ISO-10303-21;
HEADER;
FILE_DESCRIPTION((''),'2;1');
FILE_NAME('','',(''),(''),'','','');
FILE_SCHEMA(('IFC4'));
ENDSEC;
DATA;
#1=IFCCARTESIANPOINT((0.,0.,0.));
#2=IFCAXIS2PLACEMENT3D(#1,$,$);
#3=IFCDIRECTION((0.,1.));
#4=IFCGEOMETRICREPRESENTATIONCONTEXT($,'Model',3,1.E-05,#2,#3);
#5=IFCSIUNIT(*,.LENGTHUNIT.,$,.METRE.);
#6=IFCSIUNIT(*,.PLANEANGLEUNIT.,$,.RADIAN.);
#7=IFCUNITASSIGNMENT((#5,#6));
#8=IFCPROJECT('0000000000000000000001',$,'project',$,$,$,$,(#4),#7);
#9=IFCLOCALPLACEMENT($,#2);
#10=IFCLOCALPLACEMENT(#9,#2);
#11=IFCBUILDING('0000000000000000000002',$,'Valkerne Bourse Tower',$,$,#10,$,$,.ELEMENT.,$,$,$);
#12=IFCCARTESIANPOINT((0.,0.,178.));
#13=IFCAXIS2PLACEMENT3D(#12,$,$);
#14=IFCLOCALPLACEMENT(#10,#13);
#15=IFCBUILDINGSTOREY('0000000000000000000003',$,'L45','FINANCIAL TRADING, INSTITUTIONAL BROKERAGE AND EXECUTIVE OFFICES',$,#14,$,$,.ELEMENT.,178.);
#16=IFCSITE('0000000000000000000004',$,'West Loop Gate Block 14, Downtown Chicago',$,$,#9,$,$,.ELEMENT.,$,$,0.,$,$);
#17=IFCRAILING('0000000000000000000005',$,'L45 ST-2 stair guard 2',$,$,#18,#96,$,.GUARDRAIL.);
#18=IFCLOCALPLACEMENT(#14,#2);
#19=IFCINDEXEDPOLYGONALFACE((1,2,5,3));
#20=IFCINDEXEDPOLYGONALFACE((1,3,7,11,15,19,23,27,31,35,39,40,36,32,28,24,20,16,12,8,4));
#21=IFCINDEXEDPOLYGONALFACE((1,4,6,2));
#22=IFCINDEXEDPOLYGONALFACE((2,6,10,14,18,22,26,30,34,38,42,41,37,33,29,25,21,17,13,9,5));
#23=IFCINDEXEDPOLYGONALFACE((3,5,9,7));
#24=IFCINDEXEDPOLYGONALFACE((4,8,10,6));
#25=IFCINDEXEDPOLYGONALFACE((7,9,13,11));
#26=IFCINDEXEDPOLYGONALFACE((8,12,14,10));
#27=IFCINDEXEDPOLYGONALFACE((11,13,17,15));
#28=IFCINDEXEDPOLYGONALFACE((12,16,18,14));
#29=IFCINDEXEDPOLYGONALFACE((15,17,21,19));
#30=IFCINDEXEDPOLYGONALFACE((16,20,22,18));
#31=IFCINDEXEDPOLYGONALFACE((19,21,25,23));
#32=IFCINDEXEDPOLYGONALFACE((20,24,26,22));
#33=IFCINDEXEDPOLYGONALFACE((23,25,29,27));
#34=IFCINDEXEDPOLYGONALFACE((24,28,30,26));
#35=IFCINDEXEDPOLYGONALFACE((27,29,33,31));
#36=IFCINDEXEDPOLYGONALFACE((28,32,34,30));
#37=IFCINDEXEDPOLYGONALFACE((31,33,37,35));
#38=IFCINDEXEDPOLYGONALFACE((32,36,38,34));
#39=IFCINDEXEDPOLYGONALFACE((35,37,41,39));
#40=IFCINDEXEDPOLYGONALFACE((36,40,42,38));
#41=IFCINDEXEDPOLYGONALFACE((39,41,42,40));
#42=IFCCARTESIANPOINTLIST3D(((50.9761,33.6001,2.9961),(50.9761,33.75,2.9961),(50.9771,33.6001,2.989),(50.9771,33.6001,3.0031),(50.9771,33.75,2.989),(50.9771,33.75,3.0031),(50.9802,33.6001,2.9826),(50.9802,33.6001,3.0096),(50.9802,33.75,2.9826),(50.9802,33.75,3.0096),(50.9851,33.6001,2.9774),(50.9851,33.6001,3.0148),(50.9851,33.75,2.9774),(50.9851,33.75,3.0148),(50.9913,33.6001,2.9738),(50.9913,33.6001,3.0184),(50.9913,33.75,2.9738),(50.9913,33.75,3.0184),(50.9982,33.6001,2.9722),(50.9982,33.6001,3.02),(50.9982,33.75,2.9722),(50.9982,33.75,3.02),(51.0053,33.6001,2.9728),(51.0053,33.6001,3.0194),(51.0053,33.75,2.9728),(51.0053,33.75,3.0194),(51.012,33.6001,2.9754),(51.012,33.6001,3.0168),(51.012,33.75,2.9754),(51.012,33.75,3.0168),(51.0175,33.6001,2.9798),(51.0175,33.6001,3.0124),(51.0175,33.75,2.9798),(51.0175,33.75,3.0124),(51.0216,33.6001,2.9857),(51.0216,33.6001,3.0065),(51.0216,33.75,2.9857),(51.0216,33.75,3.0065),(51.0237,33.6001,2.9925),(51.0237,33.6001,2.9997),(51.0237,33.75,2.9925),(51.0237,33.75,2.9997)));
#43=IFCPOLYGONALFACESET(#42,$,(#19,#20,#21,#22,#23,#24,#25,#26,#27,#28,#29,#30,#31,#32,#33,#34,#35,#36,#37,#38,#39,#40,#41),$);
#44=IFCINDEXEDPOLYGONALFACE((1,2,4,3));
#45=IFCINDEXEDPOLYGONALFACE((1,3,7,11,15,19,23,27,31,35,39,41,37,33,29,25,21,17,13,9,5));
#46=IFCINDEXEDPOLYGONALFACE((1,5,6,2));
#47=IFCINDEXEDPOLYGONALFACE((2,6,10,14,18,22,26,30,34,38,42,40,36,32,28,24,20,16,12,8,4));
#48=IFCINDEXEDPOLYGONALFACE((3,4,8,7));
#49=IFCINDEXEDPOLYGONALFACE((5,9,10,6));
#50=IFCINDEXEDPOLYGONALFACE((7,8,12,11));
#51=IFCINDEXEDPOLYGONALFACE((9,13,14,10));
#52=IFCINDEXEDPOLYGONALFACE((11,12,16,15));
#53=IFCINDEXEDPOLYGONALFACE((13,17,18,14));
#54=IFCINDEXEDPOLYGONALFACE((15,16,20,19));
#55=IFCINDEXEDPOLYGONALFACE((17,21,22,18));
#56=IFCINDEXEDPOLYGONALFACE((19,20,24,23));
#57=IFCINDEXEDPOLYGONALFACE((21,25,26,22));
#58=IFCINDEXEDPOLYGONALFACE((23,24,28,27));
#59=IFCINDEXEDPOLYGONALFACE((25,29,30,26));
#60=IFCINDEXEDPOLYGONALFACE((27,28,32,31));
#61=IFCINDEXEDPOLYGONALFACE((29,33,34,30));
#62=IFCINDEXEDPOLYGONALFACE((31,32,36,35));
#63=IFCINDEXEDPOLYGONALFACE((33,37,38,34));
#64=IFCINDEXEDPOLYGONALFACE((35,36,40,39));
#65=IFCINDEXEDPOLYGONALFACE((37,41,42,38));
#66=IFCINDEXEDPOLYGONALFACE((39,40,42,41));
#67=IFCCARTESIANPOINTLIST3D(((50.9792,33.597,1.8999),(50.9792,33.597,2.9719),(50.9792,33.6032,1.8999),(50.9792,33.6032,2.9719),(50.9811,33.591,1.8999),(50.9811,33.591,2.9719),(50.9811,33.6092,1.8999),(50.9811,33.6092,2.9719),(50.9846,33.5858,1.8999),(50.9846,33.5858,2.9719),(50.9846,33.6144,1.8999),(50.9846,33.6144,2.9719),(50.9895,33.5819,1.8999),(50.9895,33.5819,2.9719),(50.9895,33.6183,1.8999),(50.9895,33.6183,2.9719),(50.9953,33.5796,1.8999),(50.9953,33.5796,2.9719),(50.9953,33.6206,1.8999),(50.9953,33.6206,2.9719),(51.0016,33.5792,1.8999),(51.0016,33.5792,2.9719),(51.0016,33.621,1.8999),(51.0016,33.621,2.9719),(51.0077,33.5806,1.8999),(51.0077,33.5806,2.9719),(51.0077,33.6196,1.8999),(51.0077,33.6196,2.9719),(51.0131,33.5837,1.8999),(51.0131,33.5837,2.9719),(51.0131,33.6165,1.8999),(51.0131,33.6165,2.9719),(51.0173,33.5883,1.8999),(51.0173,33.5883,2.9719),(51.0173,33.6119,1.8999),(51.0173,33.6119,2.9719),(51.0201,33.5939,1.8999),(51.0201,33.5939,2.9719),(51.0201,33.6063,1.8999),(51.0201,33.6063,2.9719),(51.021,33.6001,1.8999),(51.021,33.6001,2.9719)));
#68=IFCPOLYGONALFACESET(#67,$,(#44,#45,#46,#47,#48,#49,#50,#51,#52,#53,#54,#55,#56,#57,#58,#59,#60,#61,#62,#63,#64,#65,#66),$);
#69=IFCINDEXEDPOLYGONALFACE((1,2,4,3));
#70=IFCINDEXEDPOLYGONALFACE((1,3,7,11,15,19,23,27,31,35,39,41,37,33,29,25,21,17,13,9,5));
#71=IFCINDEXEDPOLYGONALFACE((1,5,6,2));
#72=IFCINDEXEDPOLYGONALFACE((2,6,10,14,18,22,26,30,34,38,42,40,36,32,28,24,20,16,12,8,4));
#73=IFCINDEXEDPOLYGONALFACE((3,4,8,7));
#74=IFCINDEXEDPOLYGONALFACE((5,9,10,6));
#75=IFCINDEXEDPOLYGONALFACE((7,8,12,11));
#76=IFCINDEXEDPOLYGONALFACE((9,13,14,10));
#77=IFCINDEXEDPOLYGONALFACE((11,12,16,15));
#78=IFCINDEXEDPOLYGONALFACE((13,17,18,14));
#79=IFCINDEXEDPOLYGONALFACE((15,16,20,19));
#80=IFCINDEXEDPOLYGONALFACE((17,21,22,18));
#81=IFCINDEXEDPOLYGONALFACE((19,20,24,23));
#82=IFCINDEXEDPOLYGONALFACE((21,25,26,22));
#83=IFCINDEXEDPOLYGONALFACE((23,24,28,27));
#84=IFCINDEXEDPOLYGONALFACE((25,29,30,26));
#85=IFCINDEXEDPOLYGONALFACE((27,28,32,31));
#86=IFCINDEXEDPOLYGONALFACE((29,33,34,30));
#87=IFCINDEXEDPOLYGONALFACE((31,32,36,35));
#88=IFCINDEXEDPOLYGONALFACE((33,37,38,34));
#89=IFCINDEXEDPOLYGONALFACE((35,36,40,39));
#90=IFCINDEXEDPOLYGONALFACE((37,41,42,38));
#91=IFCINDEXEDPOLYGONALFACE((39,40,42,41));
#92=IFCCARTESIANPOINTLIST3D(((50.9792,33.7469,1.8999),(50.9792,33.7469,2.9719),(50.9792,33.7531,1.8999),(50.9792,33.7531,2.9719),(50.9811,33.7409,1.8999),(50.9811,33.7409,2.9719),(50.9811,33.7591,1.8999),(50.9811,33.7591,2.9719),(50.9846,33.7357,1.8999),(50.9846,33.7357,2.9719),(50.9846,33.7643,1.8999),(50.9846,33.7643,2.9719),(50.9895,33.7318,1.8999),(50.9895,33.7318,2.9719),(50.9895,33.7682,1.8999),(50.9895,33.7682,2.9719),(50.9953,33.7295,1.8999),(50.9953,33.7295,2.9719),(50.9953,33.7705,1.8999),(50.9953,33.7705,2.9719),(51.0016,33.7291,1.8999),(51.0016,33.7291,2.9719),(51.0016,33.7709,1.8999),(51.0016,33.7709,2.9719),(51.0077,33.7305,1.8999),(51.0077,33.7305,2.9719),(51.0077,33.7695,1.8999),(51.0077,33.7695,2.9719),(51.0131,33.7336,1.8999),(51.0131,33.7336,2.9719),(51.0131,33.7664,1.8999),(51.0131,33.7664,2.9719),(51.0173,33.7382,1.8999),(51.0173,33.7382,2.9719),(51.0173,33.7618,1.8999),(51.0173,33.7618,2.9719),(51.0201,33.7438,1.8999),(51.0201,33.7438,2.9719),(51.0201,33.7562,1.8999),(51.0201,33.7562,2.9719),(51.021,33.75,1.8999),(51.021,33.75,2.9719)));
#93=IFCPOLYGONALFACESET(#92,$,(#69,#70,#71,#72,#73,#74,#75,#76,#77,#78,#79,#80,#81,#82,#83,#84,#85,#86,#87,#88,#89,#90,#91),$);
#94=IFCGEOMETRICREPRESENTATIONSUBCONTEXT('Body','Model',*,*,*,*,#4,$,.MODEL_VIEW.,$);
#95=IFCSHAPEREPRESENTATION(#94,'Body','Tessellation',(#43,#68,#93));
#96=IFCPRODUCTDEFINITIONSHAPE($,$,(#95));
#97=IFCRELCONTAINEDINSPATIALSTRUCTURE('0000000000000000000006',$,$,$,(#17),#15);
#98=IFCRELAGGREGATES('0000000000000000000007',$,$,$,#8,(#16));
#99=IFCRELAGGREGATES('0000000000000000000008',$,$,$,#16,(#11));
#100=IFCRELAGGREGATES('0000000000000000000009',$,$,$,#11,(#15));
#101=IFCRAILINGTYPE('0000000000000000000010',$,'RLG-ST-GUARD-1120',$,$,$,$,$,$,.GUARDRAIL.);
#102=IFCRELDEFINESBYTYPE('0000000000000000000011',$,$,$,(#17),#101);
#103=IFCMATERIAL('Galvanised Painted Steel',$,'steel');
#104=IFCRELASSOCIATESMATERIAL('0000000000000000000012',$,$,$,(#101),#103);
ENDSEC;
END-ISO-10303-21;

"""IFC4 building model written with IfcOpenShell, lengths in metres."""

from ifc_helpers import new_model, si_unit, direction, frame, origin, origin_2d, place, context, subcontext, project, spatial, circle, extrude, material, type_object, element, save


model = new_model("IFC4")

# Units and contexts
model_context = context("Model", 3, precision=1e-05, world=origin(), true_north=direction((0.0, 1.0)))
body_context = subcontext(model_context, "Body", "Model", "MODEL_VIEW")
ifc_project = project(units=[si_unit("LENGTHUNIT", "METRE"), si_unit("PLANEANGLEUNIT", "RADIAN")], contexts=[model_context])

# Site, building, storey
site_placement = place(None, origin())
site = spatial("IfcSite", under=ifc_project, at=site_placement, Name="West Loop Gate Block 14, Downtown Chicago", CompositionType="ELEMENT", RefElevation=0.0)
building_placement = place(site_placement, origin())
building = spatial("IfcBuilding", under=site, at=building_placement, Name="Valkerne Bourse Tower", CompositionType="ELEMENT")
storey_placement = place(building_placement, frame((0.0, 0.0, 178.0)))
storey = spatial("IfcBuildingStorey", under=building, at=storey_placement, Name="L45", Description="FINANCIAL TRADING, INSTITUTIONAL BROKERAGE AND EXECUTIVE OFFICES", CompositionType="ELEMENT", Elevation=178.0)

# Railing
ifc_material_1 = material(Name="Galvanised Painted Steel", Category="steel")
railing_type = type_object("IfcRailingType", Name="RLG-ST-GUARD-1120", PredefinedType="GUARDRAIL", material=ifc_material_1)
railing_1_placement = place(storey_placement, frame((51.0, 33.6001, 1.8999)))
element("IfcRailing", 1, at=railing_1_placement, inside=storey, type_object=railing_type, Name="L45 ST-2 stair guard 2", PredefinedType="GUARDRAIL", context=body_context, shape_type="SweptSolid", body=[
    extrude(circle(Radius=0.0239, at=origin_2d()), frame((0.0, 0.0, 1.0962), z_axis=(0.0, 1.0, 0.0), x_axis=(-1.0, 0.0, 0.0)), (0.0, 0.0, 1.0), 0.1499),
    extrude(circle(Radius=0.021, at=origin_2d()), origin(), (0.0, 0.0, 1.0), 1.072),
    extrude(circle(Radius=0.021, at=origin_2d()), frame((0.0, 0.1499, 0.0)), (0.0, 0.0, 1.0), 1.072),
])

save(model, "model.ifc")
